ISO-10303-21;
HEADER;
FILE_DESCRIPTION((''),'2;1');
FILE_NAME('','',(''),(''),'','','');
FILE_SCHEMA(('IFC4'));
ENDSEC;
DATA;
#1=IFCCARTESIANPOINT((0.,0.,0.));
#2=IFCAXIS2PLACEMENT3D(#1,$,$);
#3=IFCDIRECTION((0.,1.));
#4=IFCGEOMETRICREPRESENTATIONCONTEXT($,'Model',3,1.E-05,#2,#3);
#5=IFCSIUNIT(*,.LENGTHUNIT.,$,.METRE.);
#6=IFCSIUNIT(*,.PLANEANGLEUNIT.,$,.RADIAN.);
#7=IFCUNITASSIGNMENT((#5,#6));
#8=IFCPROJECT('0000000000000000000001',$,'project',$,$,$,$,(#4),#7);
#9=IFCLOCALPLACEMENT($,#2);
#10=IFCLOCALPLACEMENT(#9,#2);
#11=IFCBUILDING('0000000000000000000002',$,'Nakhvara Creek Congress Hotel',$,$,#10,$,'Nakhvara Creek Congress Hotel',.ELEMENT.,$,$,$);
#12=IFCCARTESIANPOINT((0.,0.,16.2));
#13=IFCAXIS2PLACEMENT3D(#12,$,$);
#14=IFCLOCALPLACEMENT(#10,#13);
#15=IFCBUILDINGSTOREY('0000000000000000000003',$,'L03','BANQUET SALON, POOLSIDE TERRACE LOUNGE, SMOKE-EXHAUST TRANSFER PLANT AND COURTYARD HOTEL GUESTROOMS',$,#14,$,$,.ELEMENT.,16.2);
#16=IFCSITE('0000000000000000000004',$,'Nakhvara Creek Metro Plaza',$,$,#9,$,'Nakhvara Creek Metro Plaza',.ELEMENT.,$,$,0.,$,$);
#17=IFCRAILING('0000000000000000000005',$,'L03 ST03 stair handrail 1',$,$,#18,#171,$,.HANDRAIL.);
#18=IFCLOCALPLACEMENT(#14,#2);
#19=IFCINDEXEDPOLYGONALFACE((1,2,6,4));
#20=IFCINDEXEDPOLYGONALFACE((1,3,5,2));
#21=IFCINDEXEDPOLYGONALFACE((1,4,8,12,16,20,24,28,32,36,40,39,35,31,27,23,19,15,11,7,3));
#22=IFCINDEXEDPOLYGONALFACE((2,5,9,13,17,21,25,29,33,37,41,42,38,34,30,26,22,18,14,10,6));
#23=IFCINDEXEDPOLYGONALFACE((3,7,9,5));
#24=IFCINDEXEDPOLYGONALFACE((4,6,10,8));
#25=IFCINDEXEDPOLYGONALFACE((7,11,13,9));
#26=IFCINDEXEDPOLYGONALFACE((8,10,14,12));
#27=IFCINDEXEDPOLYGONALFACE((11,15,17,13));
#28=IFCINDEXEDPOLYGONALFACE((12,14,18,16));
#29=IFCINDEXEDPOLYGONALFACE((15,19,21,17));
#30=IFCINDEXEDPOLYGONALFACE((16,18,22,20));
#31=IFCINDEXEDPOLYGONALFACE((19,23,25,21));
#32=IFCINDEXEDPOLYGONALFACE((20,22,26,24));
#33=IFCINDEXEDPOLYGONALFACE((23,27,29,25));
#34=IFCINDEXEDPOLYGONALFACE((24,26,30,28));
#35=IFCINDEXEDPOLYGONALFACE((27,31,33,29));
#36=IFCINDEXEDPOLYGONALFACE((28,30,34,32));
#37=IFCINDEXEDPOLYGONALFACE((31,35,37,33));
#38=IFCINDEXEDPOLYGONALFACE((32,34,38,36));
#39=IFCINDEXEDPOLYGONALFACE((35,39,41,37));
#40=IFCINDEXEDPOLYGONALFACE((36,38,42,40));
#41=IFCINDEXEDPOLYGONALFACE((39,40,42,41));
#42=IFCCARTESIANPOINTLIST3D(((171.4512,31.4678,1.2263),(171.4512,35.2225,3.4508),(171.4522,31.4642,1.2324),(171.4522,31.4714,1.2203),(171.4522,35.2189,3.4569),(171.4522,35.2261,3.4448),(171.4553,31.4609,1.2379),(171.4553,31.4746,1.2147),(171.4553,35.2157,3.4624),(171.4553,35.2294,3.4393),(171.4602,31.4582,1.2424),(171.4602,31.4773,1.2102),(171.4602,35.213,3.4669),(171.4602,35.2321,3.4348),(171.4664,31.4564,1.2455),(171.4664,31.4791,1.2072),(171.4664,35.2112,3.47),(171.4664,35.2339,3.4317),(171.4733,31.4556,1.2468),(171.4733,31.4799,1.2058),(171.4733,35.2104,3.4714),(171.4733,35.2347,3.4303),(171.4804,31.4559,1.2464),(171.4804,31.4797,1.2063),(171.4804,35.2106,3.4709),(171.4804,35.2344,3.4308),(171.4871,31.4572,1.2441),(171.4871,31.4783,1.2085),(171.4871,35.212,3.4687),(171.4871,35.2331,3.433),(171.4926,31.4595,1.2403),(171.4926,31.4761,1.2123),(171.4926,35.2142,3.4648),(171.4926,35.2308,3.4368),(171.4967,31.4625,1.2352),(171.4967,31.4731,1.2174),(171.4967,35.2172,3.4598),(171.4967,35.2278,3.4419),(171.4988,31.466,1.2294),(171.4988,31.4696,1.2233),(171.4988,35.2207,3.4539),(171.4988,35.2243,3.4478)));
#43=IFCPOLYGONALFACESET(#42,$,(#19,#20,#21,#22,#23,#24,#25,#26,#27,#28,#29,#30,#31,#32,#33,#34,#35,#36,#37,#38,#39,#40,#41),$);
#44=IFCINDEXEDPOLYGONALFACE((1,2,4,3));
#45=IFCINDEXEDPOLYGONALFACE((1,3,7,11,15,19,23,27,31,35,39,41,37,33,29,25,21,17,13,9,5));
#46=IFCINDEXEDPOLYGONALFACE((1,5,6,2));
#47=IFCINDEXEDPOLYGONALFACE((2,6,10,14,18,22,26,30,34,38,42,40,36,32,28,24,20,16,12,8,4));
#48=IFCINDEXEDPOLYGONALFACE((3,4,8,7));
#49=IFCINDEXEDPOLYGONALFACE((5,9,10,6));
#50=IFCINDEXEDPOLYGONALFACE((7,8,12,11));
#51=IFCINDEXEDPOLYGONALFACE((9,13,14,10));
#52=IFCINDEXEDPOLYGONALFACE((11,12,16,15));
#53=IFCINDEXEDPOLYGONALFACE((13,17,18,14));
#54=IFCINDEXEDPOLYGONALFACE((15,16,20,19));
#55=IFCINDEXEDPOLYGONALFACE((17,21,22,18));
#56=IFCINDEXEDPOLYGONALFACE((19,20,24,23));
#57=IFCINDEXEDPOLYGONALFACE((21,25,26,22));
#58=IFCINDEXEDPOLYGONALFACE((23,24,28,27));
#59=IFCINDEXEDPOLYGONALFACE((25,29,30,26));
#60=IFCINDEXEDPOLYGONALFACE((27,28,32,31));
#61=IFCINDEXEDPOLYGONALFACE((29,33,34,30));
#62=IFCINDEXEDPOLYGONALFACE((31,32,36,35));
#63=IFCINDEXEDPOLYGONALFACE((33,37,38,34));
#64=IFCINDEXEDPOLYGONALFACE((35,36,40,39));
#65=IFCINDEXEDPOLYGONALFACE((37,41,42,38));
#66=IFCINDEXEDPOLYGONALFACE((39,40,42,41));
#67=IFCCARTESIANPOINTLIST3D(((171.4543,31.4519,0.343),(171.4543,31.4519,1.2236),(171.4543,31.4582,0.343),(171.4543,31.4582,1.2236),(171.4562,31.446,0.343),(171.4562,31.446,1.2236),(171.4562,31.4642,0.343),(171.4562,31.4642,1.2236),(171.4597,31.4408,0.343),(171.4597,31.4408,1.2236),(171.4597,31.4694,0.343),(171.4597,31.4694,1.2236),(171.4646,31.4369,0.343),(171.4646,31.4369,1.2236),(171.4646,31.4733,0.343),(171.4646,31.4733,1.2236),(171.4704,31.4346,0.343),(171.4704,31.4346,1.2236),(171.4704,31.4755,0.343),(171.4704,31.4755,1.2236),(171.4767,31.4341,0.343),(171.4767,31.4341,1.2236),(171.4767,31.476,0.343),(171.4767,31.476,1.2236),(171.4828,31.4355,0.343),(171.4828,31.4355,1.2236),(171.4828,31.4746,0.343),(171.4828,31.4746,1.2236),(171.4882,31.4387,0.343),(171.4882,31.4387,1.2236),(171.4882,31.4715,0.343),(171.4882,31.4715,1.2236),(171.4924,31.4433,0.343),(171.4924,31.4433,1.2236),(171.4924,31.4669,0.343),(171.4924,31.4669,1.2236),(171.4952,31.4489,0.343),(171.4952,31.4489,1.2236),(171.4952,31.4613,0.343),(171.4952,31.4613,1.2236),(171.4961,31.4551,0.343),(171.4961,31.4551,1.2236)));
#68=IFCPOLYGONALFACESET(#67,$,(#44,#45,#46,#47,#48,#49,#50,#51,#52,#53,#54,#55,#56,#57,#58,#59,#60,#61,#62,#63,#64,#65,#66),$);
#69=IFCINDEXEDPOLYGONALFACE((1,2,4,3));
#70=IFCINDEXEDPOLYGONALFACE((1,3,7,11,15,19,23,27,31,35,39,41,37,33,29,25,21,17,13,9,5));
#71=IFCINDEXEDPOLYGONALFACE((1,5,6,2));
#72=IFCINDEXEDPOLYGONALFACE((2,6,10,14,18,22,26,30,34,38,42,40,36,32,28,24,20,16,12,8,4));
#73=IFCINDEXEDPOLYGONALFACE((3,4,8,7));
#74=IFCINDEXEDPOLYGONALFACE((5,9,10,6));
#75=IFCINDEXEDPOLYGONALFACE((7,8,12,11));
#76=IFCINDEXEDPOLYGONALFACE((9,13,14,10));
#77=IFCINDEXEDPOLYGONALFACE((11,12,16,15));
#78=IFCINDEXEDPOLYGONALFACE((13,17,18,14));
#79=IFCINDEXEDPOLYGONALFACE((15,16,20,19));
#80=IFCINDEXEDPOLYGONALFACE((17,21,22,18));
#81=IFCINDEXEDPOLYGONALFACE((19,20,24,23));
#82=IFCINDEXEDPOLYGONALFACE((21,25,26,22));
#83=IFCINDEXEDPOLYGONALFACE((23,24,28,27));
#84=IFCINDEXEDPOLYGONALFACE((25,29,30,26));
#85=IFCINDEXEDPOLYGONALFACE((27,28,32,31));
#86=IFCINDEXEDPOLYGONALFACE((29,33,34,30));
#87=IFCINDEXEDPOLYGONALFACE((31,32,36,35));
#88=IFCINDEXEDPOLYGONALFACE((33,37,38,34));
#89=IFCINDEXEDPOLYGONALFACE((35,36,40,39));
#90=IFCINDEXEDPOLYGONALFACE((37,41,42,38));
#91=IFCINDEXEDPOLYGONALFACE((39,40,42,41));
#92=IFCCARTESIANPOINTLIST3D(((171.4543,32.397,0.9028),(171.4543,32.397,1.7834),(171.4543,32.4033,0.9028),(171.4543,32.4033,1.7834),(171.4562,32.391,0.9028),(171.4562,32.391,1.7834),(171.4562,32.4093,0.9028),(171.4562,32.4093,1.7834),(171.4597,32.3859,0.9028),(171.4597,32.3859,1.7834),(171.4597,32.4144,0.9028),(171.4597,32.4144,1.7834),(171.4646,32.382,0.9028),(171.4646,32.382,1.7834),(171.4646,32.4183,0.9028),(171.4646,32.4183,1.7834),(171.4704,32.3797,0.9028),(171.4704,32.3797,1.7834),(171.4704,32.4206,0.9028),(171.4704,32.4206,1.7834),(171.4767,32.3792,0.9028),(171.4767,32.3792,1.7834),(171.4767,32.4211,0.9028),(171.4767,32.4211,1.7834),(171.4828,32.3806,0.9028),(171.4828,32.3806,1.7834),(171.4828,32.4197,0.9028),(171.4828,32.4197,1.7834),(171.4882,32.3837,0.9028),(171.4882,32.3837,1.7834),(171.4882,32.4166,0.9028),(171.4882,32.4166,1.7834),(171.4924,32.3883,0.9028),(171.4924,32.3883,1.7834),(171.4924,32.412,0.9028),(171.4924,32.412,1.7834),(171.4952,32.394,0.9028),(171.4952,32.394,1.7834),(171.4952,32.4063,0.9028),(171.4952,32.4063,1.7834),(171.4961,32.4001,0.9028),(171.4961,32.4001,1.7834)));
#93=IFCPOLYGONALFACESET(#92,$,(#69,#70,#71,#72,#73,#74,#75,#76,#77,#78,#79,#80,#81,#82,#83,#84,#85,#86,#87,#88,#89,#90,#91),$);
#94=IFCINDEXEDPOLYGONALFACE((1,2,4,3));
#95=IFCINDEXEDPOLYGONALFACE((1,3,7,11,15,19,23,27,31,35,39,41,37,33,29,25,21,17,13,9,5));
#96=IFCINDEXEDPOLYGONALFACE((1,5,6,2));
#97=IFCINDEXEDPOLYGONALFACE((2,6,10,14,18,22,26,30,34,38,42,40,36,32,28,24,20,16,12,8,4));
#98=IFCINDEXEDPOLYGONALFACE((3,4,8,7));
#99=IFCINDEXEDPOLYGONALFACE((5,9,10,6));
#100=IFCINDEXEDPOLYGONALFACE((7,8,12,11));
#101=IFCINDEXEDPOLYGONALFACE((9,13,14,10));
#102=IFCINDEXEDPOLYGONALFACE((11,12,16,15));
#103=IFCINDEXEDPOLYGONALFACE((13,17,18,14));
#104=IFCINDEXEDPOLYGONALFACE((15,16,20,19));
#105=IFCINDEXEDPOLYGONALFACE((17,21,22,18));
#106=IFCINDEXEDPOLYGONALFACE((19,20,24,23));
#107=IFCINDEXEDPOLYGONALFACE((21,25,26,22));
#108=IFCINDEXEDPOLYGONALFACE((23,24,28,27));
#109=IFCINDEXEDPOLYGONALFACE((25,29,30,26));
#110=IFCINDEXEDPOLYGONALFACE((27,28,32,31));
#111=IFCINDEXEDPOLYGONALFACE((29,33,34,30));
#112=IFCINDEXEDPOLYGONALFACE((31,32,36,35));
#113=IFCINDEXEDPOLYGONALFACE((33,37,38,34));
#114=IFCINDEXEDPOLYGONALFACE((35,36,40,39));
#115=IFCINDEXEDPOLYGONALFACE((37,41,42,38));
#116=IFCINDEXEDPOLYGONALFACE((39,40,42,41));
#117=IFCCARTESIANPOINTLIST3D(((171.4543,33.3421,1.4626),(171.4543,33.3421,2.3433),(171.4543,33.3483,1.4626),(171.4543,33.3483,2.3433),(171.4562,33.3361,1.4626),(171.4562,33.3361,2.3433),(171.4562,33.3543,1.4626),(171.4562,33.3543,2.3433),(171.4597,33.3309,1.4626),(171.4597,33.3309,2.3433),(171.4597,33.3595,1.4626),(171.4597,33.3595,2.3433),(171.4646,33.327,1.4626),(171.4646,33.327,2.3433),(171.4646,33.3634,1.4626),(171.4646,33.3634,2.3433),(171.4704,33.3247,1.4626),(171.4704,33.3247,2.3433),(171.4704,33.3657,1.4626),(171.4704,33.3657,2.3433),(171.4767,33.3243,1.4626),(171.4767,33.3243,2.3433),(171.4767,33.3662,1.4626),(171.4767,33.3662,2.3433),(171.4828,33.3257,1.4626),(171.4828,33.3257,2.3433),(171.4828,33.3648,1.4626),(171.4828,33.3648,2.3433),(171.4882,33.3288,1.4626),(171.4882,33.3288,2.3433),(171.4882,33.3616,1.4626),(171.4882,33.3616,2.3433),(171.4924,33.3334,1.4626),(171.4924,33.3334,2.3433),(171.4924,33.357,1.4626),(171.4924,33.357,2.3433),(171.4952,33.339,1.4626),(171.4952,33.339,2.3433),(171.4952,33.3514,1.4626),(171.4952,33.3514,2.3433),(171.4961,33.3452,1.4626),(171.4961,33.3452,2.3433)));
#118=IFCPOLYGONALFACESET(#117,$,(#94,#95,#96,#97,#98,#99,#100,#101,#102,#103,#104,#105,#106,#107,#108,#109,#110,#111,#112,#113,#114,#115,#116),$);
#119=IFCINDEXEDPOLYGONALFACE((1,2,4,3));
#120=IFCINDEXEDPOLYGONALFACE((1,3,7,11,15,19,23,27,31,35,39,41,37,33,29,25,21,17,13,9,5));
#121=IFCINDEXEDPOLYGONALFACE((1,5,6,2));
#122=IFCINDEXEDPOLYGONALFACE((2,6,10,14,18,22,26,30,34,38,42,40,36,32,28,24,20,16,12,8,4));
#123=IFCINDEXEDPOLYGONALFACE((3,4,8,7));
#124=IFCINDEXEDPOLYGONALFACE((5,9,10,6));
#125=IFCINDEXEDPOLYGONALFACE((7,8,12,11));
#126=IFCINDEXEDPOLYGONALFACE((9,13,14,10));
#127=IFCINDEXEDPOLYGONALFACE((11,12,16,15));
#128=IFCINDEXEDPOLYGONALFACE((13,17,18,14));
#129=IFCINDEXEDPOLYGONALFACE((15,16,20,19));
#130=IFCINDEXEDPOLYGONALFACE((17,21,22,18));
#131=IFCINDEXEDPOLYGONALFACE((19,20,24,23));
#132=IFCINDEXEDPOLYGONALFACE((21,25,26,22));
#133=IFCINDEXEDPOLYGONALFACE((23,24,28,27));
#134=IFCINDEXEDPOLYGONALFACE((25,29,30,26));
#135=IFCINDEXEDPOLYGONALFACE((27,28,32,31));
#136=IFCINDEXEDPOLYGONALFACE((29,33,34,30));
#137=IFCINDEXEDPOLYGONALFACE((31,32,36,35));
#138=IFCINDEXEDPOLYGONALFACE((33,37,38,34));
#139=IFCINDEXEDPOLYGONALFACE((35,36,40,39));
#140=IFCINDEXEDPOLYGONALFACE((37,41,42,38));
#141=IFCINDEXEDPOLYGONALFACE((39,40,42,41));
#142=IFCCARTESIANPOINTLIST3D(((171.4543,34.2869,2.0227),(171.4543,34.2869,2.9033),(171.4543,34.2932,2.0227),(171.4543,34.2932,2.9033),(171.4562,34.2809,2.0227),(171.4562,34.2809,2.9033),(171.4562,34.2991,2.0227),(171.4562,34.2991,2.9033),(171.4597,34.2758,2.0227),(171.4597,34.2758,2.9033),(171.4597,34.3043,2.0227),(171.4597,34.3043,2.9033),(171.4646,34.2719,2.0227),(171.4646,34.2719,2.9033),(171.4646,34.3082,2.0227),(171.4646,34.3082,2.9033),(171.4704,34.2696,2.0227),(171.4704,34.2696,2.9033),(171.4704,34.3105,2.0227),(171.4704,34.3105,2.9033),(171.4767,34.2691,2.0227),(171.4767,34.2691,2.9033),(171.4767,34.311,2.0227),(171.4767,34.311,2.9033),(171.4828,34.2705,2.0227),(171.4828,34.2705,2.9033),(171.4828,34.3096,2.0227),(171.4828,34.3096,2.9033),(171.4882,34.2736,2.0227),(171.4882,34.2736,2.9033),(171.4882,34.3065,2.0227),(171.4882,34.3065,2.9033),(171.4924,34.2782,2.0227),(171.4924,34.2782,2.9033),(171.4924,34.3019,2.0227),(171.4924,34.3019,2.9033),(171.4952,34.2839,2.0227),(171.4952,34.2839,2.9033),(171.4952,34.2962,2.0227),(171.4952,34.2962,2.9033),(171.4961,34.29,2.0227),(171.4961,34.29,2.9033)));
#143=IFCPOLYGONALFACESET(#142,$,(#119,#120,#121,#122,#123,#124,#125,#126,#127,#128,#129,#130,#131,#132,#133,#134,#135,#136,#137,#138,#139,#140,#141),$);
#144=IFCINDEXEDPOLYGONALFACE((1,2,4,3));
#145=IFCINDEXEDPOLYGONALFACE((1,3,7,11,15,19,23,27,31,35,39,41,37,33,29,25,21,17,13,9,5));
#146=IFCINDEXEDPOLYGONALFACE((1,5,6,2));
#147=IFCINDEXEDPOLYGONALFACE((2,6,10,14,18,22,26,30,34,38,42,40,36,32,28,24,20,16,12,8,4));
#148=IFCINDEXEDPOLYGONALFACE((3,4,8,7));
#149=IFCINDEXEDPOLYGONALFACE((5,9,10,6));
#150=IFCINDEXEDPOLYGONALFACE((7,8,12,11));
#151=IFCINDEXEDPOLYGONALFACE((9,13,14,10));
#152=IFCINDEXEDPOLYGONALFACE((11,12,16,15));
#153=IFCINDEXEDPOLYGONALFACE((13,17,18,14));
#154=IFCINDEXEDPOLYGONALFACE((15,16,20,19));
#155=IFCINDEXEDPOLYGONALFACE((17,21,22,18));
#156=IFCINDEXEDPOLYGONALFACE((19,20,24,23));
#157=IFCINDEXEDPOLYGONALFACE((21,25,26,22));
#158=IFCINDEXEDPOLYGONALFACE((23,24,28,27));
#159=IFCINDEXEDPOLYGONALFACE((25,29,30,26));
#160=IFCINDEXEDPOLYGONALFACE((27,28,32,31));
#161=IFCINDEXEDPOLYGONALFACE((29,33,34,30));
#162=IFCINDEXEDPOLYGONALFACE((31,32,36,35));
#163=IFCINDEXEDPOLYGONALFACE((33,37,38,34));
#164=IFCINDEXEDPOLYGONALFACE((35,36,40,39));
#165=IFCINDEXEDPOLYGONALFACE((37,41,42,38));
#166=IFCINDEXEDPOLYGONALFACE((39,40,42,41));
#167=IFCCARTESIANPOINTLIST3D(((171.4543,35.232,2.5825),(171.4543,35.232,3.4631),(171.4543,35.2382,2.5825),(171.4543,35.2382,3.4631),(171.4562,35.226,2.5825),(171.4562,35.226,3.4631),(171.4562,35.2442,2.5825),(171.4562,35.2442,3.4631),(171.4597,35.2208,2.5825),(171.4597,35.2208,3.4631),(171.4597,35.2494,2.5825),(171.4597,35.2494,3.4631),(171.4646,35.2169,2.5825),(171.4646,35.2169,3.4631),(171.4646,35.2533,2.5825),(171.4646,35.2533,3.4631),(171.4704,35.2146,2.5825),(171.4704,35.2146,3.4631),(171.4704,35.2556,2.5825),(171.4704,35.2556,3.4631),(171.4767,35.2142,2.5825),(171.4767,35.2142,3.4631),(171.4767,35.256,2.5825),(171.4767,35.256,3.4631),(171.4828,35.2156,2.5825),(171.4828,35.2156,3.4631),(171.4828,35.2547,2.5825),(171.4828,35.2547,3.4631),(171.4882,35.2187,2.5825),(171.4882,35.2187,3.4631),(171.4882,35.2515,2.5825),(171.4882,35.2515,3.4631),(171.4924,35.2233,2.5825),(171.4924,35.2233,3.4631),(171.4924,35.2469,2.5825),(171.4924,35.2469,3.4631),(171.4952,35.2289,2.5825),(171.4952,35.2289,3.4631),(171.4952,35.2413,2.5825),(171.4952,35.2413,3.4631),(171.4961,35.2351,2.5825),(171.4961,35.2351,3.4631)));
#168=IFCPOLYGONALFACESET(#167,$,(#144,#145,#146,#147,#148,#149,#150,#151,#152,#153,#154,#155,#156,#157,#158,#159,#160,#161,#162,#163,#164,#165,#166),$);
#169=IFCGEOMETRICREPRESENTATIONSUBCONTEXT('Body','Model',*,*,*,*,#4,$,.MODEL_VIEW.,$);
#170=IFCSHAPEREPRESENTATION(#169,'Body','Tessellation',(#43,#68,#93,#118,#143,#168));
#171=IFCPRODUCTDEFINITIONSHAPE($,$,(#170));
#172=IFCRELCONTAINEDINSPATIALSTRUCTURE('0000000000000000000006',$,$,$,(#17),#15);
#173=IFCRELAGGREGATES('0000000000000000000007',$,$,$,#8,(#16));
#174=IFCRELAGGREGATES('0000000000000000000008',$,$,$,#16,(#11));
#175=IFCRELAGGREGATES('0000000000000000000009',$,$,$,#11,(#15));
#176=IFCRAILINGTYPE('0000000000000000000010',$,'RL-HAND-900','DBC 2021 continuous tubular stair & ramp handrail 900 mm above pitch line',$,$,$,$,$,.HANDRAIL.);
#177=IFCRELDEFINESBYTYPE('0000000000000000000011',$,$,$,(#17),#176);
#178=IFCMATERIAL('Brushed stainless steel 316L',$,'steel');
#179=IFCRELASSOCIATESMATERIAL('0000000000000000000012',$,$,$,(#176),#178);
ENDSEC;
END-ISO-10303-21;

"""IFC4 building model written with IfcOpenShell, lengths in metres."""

from ifc_helpers import new_model, si_unit, direction, frame, origin, origin_2d, place, context, subcontext, project, spatial, circle, extrude, material, type_object, element, save


model = new_model("IFC4")

# Units and contexts
model_context = context("Model", 3, precision=1e-05, world=origin(), true_north=direction((0.0, 1.0)))
body_context = subcontext(model_context, "Body", "Model", "MODEL_VIEW")
ifc_project = project(units=[si_unit("LENGTHUNIT", "METRE"), si_unit("PLANEANGLEUNIT", "RADIAN")], contexts=[model_context])

# Site, building, storey
site_placement = place(None, origin())
site = spatial("IfcSite", under=ifc_project, at=site_placement, Name="Nakhvara Creek Metro Plaza", LongName="Nakhvara Creek Metro Plaza", CompositionType="ELEMENT", RefElevation=0.0)
building_placement = place(site_placement, origin())
building = spatial("IfcBuilding", under=site, at=building_placement, Name="Nakhvara Creek Congress Hotel", LongName="Nakhvara Creek Congress Hotel", CompositionType="ELEMENT")
storey_placement = place(building_placement, frame((0.0, 0.0, 16.2)))
storey = spatial("IfcBuildingStorey", under=building, at=storey_placement, Name="L03", Description="BANQUET SALON, POOLSIDE TERRACE LOUNGE, SMOKE-EXHAUST TRANSFER PLANT AND COURTYARD HOTEL GUESTROOMS", CompositionType="ELEMENT", Elevation=16.2)

# Railing
ifc_material_1 = material(Name="Brushed stainless steel 316L", Category="steel")
railing_type_1 = type_object("IfcRailingType", Name="RL-HAND-900", Description="DBC 2021 continuous tubular stair & ramp handrail 900 mm above pitch line", PredefinedType="HANDRAIL", material=ifc_material_1)
railing_1_placement = place(storey_placement, frame((171.4751, 31.4551, 0.343)))
element("IfcRailing", 1, at=railing_1_placement, inside=storey, type_object=railing_type_1, Name="L03 ST03 stair handrail 1", PredefinedType="HANDRAIL", context=body_context, shape_type="SweptSolid", body=[
    extrude(circle(Radius=0.0239, at=origin_2d()), frame((0.0, 0.0127, 0.8833), z_axis=(0.0, 0.860343, 0.509716), x_axis=(-1.0, 0.0, 0.0)), (0.0, 0.0, 1.0), 4.3643),
    extrude(circle(Radius=0.021, at=origin_2d()), origin(), (0.0, 0.0, 1.0), 0.8806),
    extrude(circle(Radius=0.021, at=origin_2d()), frame((0.0, 0.9451, 0.5598)), (0.0, 0.0, 1.0), 0.8806),
    extrude(circle(Radius=0.021, at=origin_2d()), frame((0.0, 1.8901, 1.1196)), (0.0, 0.0, 1.0), 0.8806),
    extrude(circle(Radius=0.021, at=origin_2d()), frame((0.0, 2.835, 1.6797)), (0.0, 0.0, 1.0), 0.8806),
    extrude(circle(Radius=0.021, at=origin_2d()), frame((0.0, 3.78, 2.2395)), (0.0, 0.0, 1.0), 0.8806),
])

save(model, "model.ifc")
